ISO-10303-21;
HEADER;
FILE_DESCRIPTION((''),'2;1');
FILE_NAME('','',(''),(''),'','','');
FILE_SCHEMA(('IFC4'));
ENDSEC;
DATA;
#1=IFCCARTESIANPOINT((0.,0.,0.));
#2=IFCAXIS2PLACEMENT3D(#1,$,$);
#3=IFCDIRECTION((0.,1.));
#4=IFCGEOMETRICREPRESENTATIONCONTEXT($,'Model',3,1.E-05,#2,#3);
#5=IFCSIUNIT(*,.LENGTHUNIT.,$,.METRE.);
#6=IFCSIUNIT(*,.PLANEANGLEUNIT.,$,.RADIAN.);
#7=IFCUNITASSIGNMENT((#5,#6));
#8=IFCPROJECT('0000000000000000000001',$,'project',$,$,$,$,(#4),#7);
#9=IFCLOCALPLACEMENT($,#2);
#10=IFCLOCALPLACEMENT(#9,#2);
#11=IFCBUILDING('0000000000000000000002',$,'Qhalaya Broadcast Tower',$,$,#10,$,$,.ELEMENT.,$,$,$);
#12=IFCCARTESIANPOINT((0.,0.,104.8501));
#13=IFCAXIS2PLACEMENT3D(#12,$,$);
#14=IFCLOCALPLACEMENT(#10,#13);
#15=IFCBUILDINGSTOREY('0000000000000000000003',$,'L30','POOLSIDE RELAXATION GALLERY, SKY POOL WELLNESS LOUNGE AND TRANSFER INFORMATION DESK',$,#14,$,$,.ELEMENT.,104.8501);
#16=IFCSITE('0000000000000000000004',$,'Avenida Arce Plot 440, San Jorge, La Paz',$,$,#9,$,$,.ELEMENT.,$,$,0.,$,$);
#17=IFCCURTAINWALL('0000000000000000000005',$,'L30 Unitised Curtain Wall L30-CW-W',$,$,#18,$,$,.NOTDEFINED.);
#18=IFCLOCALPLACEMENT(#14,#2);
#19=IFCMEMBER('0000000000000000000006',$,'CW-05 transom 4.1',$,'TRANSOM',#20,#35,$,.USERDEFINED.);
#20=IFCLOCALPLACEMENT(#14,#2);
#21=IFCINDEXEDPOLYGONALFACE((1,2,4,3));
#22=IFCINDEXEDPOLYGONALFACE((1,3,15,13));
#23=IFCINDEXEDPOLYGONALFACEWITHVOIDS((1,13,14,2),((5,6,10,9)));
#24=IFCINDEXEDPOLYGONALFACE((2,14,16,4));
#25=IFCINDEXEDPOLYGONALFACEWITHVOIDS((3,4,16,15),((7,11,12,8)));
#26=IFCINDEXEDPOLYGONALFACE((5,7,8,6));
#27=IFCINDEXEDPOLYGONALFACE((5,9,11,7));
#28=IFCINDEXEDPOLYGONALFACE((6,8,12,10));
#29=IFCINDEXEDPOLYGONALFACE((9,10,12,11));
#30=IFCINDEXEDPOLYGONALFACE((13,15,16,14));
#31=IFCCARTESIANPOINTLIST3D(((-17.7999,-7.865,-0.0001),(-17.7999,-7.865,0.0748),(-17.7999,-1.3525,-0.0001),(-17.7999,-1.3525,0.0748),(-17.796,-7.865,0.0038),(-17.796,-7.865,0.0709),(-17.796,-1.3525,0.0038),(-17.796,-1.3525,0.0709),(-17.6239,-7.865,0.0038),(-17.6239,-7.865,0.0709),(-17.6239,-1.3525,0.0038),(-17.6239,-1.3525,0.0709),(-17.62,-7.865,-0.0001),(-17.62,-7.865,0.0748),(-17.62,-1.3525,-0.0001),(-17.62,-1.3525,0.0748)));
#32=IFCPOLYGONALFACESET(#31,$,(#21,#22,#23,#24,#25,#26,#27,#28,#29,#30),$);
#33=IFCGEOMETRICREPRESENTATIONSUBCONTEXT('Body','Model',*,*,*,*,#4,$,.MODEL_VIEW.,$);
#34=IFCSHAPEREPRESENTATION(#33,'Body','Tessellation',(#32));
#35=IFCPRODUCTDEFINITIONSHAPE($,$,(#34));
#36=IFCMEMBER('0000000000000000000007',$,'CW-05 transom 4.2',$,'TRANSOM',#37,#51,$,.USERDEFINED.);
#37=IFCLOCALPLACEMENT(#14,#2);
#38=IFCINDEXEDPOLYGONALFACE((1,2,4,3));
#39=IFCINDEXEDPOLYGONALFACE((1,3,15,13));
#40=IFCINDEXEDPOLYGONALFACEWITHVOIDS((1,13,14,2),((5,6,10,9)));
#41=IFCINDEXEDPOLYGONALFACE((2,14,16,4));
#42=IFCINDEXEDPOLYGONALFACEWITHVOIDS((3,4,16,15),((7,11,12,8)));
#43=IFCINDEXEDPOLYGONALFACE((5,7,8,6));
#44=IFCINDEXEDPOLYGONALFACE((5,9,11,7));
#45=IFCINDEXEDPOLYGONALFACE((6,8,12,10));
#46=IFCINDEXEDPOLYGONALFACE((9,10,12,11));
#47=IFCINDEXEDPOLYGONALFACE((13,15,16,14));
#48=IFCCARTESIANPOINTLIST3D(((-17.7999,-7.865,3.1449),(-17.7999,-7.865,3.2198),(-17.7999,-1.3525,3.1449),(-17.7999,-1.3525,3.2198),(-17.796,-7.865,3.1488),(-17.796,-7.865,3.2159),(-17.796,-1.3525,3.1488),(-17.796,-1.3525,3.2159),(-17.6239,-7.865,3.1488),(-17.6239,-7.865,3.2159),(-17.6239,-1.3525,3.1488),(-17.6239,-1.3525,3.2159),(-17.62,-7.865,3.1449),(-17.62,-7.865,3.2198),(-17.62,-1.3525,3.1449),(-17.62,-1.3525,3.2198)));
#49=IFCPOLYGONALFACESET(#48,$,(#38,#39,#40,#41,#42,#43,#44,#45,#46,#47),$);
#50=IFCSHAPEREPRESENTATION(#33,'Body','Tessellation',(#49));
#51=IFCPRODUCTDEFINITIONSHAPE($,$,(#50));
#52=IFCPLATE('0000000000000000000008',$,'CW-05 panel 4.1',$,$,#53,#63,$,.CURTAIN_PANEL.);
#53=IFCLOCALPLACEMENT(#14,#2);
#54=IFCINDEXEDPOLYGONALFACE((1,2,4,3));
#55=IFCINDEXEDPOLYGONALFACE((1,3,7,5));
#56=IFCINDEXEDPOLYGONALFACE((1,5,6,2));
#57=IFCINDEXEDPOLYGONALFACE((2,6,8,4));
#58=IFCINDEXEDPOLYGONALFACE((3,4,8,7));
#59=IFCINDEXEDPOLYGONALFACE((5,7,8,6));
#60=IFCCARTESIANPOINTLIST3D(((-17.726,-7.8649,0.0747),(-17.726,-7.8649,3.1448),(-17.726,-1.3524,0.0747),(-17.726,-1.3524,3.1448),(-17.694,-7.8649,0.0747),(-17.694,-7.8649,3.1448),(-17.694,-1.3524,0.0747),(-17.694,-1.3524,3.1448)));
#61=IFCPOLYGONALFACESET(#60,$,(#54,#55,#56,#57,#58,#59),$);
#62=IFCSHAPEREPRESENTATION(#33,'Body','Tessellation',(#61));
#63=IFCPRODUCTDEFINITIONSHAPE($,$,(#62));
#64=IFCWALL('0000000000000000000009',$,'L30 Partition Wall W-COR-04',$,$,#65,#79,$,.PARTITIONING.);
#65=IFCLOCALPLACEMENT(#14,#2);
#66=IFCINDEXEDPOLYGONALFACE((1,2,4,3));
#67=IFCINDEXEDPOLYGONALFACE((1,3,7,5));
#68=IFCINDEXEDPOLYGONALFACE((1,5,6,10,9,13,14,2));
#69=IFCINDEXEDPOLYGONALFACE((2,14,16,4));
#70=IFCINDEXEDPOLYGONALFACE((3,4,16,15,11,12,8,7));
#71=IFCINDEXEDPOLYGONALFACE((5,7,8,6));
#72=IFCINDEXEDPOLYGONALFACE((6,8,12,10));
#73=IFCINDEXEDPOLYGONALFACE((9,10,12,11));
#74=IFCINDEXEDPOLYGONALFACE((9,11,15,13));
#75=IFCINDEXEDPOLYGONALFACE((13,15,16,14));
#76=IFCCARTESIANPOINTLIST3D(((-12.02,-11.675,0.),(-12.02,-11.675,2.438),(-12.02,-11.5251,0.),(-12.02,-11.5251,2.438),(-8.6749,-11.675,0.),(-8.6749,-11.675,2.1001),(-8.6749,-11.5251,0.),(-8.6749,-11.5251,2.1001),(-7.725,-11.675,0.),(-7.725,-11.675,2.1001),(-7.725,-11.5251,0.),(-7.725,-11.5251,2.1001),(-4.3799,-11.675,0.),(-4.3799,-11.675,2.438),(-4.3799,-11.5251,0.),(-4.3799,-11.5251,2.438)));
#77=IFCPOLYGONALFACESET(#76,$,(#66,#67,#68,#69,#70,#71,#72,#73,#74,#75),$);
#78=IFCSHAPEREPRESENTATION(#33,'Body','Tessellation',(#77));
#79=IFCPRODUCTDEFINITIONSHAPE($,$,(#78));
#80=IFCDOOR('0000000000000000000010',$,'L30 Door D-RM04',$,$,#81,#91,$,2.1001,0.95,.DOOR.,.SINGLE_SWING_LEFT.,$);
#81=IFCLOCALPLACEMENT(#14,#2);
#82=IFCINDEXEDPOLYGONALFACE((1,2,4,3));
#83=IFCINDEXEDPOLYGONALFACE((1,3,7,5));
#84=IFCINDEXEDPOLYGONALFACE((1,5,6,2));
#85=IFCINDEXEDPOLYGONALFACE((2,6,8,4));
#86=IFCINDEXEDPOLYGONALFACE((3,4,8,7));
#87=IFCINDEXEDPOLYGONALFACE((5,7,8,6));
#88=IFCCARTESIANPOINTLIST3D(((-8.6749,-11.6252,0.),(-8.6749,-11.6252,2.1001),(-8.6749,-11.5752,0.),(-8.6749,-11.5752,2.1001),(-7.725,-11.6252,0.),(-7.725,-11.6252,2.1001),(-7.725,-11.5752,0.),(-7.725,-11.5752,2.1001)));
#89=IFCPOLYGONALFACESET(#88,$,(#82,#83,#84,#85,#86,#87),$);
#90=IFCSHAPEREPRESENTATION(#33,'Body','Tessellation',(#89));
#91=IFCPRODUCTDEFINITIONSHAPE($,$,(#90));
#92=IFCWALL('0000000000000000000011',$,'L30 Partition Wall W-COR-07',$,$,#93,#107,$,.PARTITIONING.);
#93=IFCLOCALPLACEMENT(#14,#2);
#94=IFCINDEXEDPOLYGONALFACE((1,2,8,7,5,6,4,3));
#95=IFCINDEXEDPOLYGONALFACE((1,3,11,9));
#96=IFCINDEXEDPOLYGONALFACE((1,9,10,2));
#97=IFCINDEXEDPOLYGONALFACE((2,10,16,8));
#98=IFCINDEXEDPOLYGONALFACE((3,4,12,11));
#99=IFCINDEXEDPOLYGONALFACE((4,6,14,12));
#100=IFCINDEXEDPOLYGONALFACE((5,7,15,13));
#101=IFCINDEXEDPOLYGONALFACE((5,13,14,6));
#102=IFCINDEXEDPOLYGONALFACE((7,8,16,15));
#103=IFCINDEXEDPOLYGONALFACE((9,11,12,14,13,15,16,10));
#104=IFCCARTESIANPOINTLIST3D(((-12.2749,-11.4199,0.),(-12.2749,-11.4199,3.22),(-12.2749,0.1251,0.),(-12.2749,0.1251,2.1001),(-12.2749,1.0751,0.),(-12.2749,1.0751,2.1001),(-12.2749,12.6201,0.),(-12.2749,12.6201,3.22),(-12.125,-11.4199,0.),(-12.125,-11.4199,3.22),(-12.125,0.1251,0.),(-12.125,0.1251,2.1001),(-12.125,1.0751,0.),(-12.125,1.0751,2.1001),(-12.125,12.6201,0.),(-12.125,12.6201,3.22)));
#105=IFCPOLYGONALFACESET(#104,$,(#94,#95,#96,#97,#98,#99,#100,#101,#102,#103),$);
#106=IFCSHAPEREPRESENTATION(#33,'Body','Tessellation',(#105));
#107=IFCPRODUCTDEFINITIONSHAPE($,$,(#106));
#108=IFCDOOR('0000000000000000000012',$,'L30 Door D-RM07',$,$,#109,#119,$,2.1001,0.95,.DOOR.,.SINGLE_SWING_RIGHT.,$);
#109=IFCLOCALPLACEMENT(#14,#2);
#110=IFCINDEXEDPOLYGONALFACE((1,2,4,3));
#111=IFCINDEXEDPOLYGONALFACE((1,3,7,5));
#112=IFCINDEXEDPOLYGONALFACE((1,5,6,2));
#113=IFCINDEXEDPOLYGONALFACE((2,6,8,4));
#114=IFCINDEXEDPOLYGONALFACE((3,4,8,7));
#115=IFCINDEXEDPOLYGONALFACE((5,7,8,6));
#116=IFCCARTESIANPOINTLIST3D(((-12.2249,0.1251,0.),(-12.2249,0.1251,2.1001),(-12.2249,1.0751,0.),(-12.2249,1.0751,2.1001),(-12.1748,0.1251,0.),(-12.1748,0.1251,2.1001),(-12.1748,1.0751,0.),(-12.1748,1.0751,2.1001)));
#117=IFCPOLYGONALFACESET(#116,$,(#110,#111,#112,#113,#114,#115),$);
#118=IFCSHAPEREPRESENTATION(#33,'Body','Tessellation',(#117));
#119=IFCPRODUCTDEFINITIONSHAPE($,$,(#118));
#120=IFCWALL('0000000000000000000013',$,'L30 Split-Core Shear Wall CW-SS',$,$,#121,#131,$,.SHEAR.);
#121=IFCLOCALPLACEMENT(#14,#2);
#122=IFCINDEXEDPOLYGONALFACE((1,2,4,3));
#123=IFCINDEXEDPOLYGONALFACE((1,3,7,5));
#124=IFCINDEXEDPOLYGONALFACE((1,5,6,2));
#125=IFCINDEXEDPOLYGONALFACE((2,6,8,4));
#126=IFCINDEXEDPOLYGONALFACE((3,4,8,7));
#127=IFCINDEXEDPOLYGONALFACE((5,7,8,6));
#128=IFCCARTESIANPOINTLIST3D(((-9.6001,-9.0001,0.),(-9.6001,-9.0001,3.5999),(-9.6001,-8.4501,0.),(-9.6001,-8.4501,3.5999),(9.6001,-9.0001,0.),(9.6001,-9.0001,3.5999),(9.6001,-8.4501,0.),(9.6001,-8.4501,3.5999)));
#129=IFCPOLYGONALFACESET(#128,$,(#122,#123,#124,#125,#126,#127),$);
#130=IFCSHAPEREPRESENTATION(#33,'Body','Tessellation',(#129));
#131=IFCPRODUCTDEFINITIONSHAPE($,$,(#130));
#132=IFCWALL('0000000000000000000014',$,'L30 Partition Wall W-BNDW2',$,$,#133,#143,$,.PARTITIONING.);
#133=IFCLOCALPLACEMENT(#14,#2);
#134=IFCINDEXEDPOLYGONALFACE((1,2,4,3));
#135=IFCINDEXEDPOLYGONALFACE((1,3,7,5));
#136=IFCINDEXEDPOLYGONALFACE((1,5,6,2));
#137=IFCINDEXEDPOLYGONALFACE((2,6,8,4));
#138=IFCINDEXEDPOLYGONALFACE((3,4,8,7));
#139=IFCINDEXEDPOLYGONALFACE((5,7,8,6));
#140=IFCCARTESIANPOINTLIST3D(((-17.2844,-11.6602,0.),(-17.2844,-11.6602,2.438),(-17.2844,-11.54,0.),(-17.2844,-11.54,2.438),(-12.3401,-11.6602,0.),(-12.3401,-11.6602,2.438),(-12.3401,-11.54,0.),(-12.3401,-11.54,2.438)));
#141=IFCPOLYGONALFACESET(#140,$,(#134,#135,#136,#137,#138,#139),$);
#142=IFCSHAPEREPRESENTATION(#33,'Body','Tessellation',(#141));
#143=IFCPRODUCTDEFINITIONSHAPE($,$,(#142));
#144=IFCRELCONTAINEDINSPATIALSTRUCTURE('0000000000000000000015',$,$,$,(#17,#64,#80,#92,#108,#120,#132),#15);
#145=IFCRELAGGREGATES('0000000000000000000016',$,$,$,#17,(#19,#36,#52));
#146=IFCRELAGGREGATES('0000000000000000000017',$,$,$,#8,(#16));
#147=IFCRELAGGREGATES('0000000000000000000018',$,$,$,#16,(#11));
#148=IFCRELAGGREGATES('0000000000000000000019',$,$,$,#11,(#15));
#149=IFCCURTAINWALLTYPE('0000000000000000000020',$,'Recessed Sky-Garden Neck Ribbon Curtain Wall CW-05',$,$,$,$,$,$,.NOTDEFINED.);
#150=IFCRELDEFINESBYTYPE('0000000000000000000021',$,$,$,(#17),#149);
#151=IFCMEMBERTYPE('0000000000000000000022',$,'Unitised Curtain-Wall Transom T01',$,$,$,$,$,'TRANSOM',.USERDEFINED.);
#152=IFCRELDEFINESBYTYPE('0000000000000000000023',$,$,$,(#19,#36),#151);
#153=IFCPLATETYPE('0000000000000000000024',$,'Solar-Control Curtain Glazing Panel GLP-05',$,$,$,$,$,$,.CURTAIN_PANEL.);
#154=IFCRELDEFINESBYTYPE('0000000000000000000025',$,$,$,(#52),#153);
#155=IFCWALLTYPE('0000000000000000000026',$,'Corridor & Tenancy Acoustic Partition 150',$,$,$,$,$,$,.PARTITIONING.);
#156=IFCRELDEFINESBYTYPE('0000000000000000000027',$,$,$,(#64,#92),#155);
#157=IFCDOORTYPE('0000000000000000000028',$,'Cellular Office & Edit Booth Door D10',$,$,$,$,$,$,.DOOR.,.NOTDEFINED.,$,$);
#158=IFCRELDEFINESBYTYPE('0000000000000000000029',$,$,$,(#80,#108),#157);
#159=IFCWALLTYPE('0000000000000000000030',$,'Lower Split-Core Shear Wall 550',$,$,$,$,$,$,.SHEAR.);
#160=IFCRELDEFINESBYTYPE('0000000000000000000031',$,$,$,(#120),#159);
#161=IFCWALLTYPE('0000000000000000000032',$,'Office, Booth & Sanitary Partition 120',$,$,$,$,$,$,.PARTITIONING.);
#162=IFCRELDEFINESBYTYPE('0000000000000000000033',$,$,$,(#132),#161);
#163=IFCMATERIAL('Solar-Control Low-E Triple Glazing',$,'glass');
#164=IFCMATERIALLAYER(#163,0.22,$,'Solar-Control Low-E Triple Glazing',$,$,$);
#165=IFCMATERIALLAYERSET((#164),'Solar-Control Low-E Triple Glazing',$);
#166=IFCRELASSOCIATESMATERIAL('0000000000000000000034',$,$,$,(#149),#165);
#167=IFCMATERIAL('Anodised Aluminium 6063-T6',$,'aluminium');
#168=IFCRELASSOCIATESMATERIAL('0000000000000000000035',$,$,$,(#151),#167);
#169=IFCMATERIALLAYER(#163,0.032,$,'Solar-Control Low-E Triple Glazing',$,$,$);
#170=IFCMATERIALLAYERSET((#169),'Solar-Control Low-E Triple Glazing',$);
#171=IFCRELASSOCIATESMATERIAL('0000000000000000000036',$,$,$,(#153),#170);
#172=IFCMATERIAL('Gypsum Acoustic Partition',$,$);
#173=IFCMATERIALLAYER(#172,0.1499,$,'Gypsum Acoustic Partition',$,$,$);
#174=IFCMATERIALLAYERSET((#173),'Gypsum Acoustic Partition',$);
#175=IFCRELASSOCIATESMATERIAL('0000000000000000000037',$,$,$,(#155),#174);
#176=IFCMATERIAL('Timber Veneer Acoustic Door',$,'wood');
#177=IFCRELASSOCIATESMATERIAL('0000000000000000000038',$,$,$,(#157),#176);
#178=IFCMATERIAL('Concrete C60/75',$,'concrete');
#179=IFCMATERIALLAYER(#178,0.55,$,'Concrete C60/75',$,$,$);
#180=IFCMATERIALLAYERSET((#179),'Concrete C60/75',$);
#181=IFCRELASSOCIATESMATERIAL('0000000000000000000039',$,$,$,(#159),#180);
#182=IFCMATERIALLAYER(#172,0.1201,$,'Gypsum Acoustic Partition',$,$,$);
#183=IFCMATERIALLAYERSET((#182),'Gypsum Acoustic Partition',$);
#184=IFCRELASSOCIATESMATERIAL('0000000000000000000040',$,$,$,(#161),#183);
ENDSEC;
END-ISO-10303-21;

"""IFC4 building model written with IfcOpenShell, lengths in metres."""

from ifc_helpers import new_model, si_unit, direction, frame, frame_2d, origin, origin_2d, place, context, subcontext, project, spatial, rectangle, hollow_rectangle, extrude, material, layer, layer_set, material_profile, profile_set, type_object, element, fill, aggregate, save


model = new_model("IFC4")

# Units and contexts
model_context = context("Model", 3, precision=1e-05, world=origin(), true_north=direction((0.0, 1.0)))
body_context = subcontext(model_context, "Body", "Model", "MODEL_VIEW")
ifc_project = project(units=[si_unit("LENGTHUNIT", "METRE"), si_unit("PLANEANGLEUNIT", "RADIAN")], contexts=[model_context])

# Site, building, storey
site_placement = place(None, origin())
site = spatial("IfcSite", under=ifc_project, at=site_placement, Name="Avenida Arce Plot 440, San Jorge, La Paz", CompositionType="ELEMENT", RefElevation=0.0)
building_placement = place(site_placement, origin())
building = spatial("IfcBuilding", under=site, at=building_placement, Name="Qhalaya Broadcast Tower", CompositionType="ELEMENT")
storey_placement = place(building_placement, frame((0.0, 0.0, 104.8501)))
storey = spatial("IfcBuildingStorey", under=building, at=storey_placement, Name="L30", Description="POOLSIDE RELAXATION GALLERY, SKY POOL WELLNESS LOUNGE AND TRANSFER INFORMATION DESK", CompositionType="ELEMENT", Elevation=104.8501)

# Curtain wall, members, plate
ifc_material_1 = material(Name="Solar-Control Low-E Triple Glazing", Category="glass")
ifc_layer_1 = layer(ifc_material_1, 0.22, Name="Solar-Control Low-E Triple Glazing")
ifc_layer_set_1 = layer_set([ifc_layer_1], Name="Solar-Control Low-E Triple Glazing")
curtain_wall_type = type_object("IfcCurtainWallType", Name="Recessed Sky-Garden Neck Ribbon Curtain Wall CW-05", PredefinedType="NOTDEFINED", material=ifc_layer_set_1)
curtain_wall_placement = place(storey_placement, origin())
curtain_wall = element("IfcCurtainWall", 1, at=curtain_wall_placement, inside=storey, type_object=curtain_wall_type, Name="L30 Unitised Curtain Wall L30-CW-W", PredefinedType="NOTDEFINED")
ifc_material_2 = material(Name="Anodised Aluminium 6063-T6", Category="aluminium")
ifc_material_profile_1 = material_profile(ifc_material_2, hollow_rectangle(XDim=0.075, YDim=0.1799, WallThickness=0.0039, at=origin_2d()), Name="ALU-TRN 75x180x4")
ifc_profile_set_1 = profile_set([ifc_material_profile_1], Name="Anodised Aluminium 6063-T6")
member_type_1 = type_object("IfcMemberType", Name="Unitised Curtain-Wall Transom T01", ElementType="TRANSOM", PredefinedType="USERDEFINED", material=ifc_profile_set_1)
member_1_placement = place(storey_placement, frame((-17.71, -1.3525, 0.0374), z_axis=(0.0, -1.0, 0.0), x_axis=(0.0, 0.0, 1.0)))
member_1 = element("IfcMember", 2, at=member_1_placement, type_object=member_type_1, Name="CW-05 transom 4.1", ObjectType="TRANSOM", PredefinedType="USERDEFINED", context=body_context, shape_type="SweptSolid", body=[
    extrude(hollow_rectangle(XDim=0.075, YDim=0.1799, WallThickness=0.0039, at=origin_2d()), origin(), (0.0, 0.0, 1.0), 6.5125),
])
member_2_placement = place(storey_placement, frame((-17.71, -1.3525, 3.1824), z_axis=(0.0, -1.0, 0.0), x_axis=(0.0, 0.0, 1.0)))
member_2 = element("IfcMember", 3, at=member_2_placement, type_object=member_type_1, Name="CW-05 transom 4.2", ObjectType="TRANSOM", PredefinedType="USERDEFINED", context=body_context, shape_type="SweptSolid", body=[
    extrude(hollow_rectangle(XDim=0.075, YDim=0.1799, WallThickness=0.0039, at=origin_2d()), origin(), (0.0, 0.0, 1.0), 6.5125),
])
ifc_layer_2 = layer(ifc_material_1, 0.032, Name="Solar-Control Low-E Triple Glazing")
ifc_layer_set_2 = layer_set([ifc_layer_2], Name="Solar-Control Low-E Triple Glazing")
plate_type = type_object("IfcPlateType", Name="Solar-Control Curtain Glazing Panel GLP-05", PredefinedType="CURTAIN_PANEL", material=ifc_layer_set_2)
plate_placement = place(storey_placement, frame((-17.71, -4.6086, 0.0747), z_axis=(0.0, 0.0, 1.0), x_axis=(0.0, -1.0, 0.0)))
plate = element("IfcPlate", 4, at=plate_placement, type_object=plate_type, Name="CW-05 panel 4.1", PredefinedType="CURTAIN_PANEL", context=body_context, shape_type="SweptSolid", body=[
    extrude(rectangle(XDim=6.5125, YDim=0.032, at=origin_2d()), origin(), (0.0, 0.0, 1.0), 3.0701),
])
aggregate(curtain_wall, [member_1, member_2, plate])

# Walls, openings, doors
ifc_material_3 = material(Name="Gypsum Acoustic Partition")
ifc_layer_3 = layer(ifc_material_3, 0.1499, Name="Gypsum Acoustic Partition")
ifc_layer_set_3 = layer_set([ifc_layer_3], Name="Gypsum Acoustic Partition")
wall_type_1 = type_object("IfcWallType", Name="Corridor & Tenancy Acoustic Partition 150", PredefinedType="PARTITIONING", material=ifc_layer_set_3)
wall_1_placement = place(storey_placement, frame((-12.02, -11.6001, 0.0), z_axis=(0.0, 0.0, 1.0), x_axis=(1.0, 0.0, 0.0)))
wall_1 = element("IfcWall", 5, at=wall_1_placement, inside=storey, type_object=wall_type_1, Name="L30 Partition Wall W-COR-04", PredefinedType="PARTITIONING", context=body_context, shape_type="SweptSolid", body=[
    extrude(rectangle(XDim=7.6401, YDim=0.1499, at=frame_2d((3.8201, 0.0))), origin(), (0.0, 0.0, 1.0), 2.438),
])
opening_1_placement = place(wall_1_placement, frame((3.345, 0.0, 0.0)))
opening_1 = element("IfcOpeningElement", 6, at=opening_1_placement, cuts=wall_1, PredefinedType="OPENING", context=body_context, shape_type="SweptSolid", body=[
    extrude(rectangle(XDim=0.95, YDim=2.1001, at=frame_2d((0.4751, 1.05))), frame((0.0, 0.0869, 0.0), z_axis=(0.0, -1.0, 0.0), x_axis=(1.0, 0.0, 0.0)), (0.0, 0.0, 1.0), 0.1738),
])
ifc_material_4 = material(Name="Timber Veneer Acoustic Door", Category="wood")
door_type = type_object("IfcDoorType", Name="Cellular Office & Edit Booth Door D10", OperationType="NOTDEFINED", PredefinedType="DOOR", material=ifc_material_4)
door_1_placement = place(opening_1_placement, origin())
door_1 = element("IfcDoor", 7, at=door_1_placement, inside=storey, type_object=door_type, Name="L30 Door D-RM04", OperationType="SINGLE_SWING_LEFT", OverallHeight=2.1001, OverallWidth=0.95, PredefinedType="DOOR", context=body_context, shape_type="SweptSolid", body=[
    extrude(rectangle(XDim=0.95, YDim=2.1001, at=frame_2d((0.4751, 1.05))), frame((0.0, 0.0249, 0.0), z_axis=(0.0, -1.0, 0.0), x_axis=(1.0, 0.0, 0.0)), (0.0, 0.0, 1.0), 0.05),
])
fill(opening_1, door_1)
wall_2_placement = place(storey_placement, frame((-12.2, -11.4199, 0.0), z_axis=(0.0, 0.0, 1.0), x_axis=(0.0, 1.0, 0.0)))
wall_2 = element("IfcWall", 8, at=wall_2_placement, inside=storey, type_object=wall_type_1, Name="L30 Partition Wall W-COR-07", PredefinedType="PARTITIONING", context=body_context, shape_type="SweptSolid", body=[
    extrude(rectangle(XDim=24.04, YDim=0.1499, at=frame_2d((12.02, 0.0))), origin(), (0.0, 0.0, 1.0), 3.22),
])
opening_2_placement = place(wall_2_placement, frame((11.5449, 0.0, 0.0)))
opening_2 = element("IfcOpeningElement", 9, at=opening_2_placement, cuts=wall_2, PredefinedType="OPENING", context=body_context, shape_type="SweptSolid", body=[
    extrude(rectangle(XDim=0.95, YDim=2.1001, at=frame_2d((0.4751, 1.05))), frame((0.0, 0.0869, 0.0), z_axis=(0.0, -1.0, 0.0), x_axis=(1.0, 0.0, 0.0)), (0.0, 0.0, 1.0), 0.1738),
])
door_2_placement = place(opening_2_placement, origin())
door_2 = element("IfcDoor", 10, at=door_2_placement, inside=storey, type_object=door_type, Name="L30 Door D-RM07", OperationType="SINGLE_SWING_RIGHT", OverallHeight=2.1001, OverallWidth=0.95, PredefinedType="DOOR", context=body_context, shape_type="SweptSolid", body=[
    extrude(rectangle(XDim=0.95, YDim=2.1001, at=frame_2d((0.4751, 1.05))), frame((0.0, 0.0249, 0.0), z_axis=(0.0, -1.0, 0.0), x_axis=(1.0, 0.0, 0.0)), (0.0, 0.0, 1.0), 0.05),
])
fill(opening_2, door_2)

# Walls
ifc_material_5 = material(Name="Concrete C60/75", Category="concrete")
ifc_layer_4 = layer(ifc_material_5, 0.55, Name="Concrete C60/75")
ifc_layer_set_4 = layer_set([ifc_layer_4], Name="Concrete C60/75")
wall_type_2 = type_object("IfcWallType", Name="Lower Split-Core Shear Wall 550", PredefinedType="SHEAR", material=ifc_layer_set_4)
wall_3_placement = place(storey_placement, frame((-9.6001, -8.7251, 0.0), z_axis=(0.0, 0.0, 1.0), x_axis=(1.0, 0.0, 0.0)))
element("IfcWall", 11, at=wall_3_placement, inside=storey, type_object=wall_type_2, Name="L30 Split-Core Shear Wall CW-SS", PredefinedType="SHEAR", context=body_context, shape_type="SweptSolid", body=[
    extrude(rectangle(XDim=19.2002, YDim=0.55, at=frame_2d((9.6001, 0.0))), origin(), (0.0, 0.0, 1.0), 3.5999),
])
ifc_layer_5 = layer(ifc_material_3, 0.1201, Name="Gypsum Acoustic Partition")
ifc_layer_set_5 = layer_set([ifc_layer_5], Name="Gypsum Acoustic Partition")
wall_type_3 = type_object("IfcWallType", Name="Office, Booth & Sanitary Partition 120", PredefinedType="PARTITIONING", material=ifc_layer_set_5)
wall_4_placement = place(storey_placement, frame((-17.2844, -11.6001, 0.0), z_axis=(0.0, 0.0, 1.0), x_axis=(1.0, 0.0, 0.0)))
element("IfcWall", 12, at=wall_4_placement, inside=storey, type_object=wall_type_3, Name="L30 Partition Wall W-BNDW2", PredefinedType="PARTITIONING", context=body_context, shape_type="SweptSolid", body=[
    extrude(rectangle(XDim=4.9443, YDim=0.1201, at=frame_2d((2.4722, 0.0))), origin(), (0.0, 0.0, 1.0), 2.438),
])

save(model, "model.ifc")
